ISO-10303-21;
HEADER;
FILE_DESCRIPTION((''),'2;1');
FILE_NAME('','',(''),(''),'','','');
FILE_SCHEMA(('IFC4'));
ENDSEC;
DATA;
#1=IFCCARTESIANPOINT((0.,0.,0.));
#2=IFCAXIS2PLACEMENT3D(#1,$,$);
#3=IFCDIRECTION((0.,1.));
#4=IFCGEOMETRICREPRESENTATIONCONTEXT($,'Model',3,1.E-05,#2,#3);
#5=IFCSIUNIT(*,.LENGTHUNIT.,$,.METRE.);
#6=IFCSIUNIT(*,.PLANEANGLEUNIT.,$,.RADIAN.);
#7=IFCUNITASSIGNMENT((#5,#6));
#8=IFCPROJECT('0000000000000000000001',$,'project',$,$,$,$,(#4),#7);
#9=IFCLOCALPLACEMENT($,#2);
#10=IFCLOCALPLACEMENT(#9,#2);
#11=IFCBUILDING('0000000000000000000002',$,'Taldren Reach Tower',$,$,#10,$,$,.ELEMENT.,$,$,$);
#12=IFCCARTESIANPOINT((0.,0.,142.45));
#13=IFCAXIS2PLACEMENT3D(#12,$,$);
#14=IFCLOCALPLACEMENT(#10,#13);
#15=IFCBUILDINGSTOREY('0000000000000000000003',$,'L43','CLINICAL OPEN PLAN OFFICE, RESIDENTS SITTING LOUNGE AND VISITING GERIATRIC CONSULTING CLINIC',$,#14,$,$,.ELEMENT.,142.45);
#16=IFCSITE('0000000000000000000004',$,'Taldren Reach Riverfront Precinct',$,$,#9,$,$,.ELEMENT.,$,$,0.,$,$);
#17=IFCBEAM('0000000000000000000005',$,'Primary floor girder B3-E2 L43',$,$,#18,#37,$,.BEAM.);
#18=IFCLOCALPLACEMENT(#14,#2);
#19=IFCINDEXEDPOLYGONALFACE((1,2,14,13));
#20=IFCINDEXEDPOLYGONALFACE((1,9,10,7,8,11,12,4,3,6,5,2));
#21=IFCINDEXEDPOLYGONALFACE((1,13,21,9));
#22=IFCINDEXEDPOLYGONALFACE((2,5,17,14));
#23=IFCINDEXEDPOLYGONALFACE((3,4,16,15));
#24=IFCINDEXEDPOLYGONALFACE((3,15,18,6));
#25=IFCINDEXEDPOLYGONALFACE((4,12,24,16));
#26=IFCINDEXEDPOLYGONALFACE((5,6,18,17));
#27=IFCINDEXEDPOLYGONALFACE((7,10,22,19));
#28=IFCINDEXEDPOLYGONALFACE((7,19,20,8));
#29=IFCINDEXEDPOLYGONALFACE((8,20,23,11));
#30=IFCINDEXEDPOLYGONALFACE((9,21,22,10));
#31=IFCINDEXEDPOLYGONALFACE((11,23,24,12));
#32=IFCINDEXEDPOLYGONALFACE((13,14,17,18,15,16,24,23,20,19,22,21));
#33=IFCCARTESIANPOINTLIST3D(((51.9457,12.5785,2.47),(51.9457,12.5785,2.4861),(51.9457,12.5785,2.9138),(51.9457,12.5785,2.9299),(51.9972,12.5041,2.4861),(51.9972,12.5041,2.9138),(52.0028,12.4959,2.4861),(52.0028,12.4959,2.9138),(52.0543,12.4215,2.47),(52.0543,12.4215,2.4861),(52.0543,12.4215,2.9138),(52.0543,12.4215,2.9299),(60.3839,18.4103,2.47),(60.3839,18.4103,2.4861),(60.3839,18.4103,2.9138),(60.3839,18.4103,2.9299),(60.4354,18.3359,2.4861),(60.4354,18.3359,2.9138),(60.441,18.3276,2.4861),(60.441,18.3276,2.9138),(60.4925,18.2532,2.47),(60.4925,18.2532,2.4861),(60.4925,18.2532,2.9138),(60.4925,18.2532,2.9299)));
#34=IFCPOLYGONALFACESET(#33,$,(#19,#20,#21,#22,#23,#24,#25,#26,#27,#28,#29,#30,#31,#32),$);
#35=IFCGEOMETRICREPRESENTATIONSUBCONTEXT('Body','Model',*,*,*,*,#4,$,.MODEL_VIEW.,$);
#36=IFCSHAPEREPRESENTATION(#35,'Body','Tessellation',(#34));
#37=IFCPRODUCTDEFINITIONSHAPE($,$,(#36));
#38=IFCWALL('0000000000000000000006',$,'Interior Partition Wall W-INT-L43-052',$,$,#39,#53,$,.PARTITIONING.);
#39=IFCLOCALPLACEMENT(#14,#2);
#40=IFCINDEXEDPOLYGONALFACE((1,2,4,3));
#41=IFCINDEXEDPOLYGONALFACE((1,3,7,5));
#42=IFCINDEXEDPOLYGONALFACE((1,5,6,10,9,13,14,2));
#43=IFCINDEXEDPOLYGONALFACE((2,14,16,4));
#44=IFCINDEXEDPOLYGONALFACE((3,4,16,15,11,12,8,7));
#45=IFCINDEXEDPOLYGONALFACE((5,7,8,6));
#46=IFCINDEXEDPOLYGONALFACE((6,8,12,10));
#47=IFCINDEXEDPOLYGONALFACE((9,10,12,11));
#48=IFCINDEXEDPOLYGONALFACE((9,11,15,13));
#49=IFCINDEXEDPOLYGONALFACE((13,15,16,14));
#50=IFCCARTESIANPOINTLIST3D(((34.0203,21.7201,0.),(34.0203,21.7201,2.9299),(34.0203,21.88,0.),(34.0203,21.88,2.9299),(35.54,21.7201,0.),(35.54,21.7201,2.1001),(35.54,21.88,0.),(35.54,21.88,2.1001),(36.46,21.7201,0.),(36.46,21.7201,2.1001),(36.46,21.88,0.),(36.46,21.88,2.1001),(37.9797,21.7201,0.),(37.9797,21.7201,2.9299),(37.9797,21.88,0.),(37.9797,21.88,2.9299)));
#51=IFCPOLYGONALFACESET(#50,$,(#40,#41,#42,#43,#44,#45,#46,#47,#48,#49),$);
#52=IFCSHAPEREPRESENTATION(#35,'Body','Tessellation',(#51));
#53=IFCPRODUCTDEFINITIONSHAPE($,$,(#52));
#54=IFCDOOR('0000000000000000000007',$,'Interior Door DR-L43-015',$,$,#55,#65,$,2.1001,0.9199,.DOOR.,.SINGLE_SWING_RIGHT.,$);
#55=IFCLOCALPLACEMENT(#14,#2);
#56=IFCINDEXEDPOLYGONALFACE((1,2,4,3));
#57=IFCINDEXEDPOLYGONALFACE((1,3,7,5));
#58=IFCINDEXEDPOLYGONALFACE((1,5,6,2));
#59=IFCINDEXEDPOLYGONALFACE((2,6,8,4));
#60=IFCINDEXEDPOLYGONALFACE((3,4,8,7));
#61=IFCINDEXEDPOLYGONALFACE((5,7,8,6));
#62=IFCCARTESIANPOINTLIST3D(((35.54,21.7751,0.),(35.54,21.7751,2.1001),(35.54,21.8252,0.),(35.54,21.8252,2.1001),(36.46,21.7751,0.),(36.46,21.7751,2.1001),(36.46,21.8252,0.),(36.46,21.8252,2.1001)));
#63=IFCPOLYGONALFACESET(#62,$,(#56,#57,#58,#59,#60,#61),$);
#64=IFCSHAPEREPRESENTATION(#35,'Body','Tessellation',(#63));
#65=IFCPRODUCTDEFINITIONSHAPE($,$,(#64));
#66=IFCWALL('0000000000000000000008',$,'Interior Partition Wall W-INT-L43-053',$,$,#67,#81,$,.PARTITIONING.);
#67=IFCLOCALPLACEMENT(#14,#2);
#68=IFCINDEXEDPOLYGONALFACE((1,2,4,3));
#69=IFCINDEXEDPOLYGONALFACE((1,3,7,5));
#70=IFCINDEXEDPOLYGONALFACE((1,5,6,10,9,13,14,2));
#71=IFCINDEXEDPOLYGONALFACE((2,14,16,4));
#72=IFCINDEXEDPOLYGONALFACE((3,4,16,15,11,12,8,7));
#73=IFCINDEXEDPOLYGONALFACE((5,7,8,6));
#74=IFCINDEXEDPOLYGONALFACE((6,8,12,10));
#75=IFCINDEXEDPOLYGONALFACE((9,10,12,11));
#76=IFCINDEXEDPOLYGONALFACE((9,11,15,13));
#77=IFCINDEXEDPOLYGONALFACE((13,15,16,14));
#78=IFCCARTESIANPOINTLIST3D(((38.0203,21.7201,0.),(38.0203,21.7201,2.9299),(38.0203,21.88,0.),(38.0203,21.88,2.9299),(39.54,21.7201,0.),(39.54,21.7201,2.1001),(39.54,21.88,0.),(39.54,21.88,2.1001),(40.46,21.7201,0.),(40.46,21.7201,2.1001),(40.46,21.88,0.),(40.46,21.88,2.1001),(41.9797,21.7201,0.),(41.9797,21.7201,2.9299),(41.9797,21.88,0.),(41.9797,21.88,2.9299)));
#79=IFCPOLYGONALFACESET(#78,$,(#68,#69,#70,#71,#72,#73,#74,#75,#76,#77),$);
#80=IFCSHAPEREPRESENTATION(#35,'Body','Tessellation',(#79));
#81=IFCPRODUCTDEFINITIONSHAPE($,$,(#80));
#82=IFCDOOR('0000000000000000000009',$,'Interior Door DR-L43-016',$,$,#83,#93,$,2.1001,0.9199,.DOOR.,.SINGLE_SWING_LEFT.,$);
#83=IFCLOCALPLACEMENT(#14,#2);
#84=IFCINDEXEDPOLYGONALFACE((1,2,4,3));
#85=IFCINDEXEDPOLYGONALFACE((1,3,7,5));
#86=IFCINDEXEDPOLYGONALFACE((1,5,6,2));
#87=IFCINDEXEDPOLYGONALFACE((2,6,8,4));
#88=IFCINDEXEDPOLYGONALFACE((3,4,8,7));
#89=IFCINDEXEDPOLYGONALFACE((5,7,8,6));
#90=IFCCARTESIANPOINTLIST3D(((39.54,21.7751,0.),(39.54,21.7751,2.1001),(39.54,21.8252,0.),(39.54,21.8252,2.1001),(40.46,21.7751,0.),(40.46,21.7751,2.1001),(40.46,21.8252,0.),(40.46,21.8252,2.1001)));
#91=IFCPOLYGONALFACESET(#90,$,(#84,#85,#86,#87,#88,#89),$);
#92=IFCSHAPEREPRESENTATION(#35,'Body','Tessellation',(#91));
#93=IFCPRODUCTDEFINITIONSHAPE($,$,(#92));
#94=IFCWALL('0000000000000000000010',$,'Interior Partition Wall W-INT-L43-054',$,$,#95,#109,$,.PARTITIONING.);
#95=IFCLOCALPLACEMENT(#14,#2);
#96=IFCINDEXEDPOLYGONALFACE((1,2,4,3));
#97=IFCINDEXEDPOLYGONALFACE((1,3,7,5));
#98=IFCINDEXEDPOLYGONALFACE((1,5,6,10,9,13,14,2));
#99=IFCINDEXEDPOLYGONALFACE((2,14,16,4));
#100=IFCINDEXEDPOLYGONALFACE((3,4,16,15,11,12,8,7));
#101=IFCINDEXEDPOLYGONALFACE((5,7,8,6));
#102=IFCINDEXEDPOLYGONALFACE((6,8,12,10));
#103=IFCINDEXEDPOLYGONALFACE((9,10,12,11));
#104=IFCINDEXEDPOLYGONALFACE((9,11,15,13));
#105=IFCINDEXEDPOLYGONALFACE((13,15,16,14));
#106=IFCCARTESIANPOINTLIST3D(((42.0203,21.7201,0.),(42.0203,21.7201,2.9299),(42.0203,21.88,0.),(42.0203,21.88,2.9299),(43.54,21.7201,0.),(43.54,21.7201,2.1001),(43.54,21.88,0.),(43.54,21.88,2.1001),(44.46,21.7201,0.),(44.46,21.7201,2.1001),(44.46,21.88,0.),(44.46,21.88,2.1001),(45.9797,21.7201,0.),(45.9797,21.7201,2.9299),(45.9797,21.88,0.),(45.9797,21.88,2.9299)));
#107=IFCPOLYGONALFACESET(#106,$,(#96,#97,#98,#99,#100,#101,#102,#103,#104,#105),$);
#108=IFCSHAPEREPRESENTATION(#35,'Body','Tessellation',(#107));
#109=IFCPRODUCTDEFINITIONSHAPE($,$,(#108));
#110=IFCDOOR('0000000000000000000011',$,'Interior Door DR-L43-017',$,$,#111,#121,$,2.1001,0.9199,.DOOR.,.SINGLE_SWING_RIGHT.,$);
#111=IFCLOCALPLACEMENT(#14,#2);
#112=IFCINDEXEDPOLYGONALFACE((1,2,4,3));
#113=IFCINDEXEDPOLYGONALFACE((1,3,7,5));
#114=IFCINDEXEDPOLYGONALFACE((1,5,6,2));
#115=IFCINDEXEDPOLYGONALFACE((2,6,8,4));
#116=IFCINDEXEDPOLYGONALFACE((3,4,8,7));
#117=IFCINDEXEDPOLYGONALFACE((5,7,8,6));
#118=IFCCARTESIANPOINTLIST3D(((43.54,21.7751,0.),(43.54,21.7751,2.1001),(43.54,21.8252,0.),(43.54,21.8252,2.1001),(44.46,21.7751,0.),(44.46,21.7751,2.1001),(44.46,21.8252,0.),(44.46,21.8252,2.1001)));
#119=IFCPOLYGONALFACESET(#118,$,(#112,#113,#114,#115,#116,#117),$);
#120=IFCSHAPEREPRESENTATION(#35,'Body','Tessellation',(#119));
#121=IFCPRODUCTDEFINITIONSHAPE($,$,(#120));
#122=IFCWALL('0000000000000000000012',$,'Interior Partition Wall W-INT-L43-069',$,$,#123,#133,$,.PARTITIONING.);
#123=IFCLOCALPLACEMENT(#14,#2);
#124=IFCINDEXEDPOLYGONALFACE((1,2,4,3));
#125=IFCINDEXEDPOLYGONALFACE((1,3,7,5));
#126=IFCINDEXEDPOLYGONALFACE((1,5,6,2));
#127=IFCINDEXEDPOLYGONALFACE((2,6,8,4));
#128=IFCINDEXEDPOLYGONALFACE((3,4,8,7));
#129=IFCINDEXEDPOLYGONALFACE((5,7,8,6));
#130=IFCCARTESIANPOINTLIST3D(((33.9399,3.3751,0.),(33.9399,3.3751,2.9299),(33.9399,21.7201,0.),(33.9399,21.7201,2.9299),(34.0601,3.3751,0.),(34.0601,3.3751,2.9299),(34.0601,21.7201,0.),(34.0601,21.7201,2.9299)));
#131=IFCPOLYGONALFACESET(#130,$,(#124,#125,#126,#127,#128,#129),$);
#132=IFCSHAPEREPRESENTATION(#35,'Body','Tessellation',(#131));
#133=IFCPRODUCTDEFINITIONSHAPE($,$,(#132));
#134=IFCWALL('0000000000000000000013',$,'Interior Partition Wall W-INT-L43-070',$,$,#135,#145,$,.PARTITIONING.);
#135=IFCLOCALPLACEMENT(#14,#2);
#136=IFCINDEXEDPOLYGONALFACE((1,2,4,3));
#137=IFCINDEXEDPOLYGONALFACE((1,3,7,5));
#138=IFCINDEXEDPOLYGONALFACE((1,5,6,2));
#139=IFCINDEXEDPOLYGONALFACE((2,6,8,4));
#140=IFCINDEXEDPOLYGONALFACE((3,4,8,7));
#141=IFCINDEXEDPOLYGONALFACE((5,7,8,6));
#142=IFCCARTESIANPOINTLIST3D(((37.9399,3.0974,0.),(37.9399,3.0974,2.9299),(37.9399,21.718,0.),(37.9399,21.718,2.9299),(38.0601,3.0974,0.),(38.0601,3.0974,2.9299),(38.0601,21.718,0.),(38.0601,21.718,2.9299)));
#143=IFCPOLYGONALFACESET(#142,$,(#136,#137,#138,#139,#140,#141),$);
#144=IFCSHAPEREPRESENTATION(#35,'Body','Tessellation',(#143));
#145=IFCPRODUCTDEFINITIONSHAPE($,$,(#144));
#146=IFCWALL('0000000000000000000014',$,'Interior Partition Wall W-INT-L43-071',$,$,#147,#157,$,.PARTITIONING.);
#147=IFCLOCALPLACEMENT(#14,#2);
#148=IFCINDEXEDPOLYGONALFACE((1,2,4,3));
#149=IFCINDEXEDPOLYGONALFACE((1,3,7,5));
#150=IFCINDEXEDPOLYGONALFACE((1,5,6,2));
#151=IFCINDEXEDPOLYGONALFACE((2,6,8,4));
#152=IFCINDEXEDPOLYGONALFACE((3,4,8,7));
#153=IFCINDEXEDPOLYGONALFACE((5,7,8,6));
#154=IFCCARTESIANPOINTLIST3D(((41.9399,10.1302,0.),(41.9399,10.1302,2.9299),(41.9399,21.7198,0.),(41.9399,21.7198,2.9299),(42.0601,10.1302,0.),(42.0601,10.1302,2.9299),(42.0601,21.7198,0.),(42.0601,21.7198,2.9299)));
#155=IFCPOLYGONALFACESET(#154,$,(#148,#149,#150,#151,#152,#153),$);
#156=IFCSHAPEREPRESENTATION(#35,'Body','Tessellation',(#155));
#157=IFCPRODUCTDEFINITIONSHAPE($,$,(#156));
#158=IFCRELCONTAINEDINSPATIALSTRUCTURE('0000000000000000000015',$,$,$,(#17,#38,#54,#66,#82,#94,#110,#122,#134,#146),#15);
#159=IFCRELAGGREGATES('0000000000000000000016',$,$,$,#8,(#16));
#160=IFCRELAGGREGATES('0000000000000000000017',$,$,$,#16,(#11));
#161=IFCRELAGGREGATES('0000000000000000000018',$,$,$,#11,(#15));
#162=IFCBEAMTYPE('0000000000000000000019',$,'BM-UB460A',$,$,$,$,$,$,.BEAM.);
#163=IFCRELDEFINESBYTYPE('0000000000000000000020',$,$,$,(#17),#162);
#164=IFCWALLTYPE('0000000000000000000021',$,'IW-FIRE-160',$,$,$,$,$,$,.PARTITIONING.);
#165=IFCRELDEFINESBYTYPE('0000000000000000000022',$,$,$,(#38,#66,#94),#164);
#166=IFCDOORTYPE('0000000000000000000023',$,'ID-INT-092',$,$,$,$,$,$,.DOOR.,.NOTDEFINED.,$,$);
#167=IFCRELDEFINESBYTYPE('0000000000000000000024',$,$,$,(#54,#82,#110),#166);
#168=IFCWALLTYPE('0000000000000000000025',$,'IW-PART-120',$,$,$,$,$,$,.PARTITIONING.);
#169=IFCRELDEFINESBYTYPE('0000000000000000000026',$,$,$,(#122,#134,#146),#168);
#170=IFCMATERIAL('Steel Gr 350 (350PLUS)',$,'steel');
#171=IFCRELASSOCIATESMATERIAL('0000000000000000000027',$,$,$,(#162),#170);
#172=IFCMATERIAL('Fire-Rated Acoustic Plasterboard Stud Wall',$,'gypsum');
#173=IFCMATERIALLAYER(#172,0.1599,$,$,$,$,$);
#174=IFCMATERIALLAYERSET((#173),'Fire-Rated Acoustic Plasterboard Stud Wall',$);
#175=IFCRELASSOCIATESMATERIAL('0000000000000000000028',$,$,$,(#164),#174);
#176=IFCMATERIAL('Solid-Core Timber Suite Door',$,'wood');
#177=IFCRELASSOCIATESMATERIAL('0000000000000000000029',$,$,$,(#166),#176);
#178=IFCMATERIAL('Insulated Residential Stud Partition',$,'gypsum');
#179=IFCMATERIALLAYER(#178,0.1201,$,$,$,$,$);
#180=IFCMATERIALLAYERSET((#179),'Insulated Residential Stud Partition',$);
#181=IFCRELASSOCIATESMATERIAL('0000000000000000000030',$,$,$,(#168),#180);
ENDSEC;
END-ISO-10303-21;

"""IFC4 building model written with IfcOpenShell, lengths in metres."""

from ifc_helpers import new_model, si_unit, direction, frame, frame_2d, origin, origin_2d, place, context, subcontext, project, spatial, rectangle, i_section, extrude, source, transform, mapped, material, layer, layer_set, material_profile, profile_set, type_object, element, fill, save


model = new_model("IFC4")

# Units and contexts
model_context = context("Model", 3, precision=1e-05, world=origin(), true_north=direction((0.0, 1.0)))
body_context = subcontext(model_context, "Body", "Model", "MODEL_VIEW")
ifc_project = project(units=[si_unit("LENGTHUNIT", "METRE"), si_unit("PLANEANGLEUNIT", "RADIAN")], contexts=[model_context])

# Site, building, storey
site_placement = place(None, origin())
site = spatial("IfcSite", under=ifc_project, at=site_placement, Name="Taldren Reach Riverfront Precinct", CompositionType="ELEMENT", RefElevation=0.0)
building_placement = place(site_placement, origin())
building = spatial("IfcBuilding", under=site, at=building_placement, Name="Taldren Reach Tower", CompositionType="ELEMENT")
storey_placement = place(building_placement, frame((0.0, 0.0, 142.45)))
storey = spatial("IfcBuildingStorey", under=building, at=storey_placement, Name="L43", Description="CLINICAL OPEN PLAN OFFICE, RESIDENTS SITTING LOUNGE AND VISITING GERIATRIC CONSULTING CLINIC", CompositionType="ELEMENT", Elevation=142.45)

# Shared definitions
ifc_material_1 = material(Name="Steel Gr 350 (350PLUS)", Category="steel")

# Beam
ifc_material_profile_1 = material_profile(ifc_material_1, i_section(OverallWidth=0.1909, OverallDepth=0.46, WebThickness=0.01, FlangeThickness=0.0161, at=origin_2d()), Name="460UB82.1")
ifc_profile_set_1 = profile_set([ifc_material_profile_1], Name="Steel Gr 350 (350PLUS)")
beam_type_1 = type_object("IfcBeamType", Name="BM-UB460A", PredefinedType="BEAM", material=ifc_profile_set_1)
shared_shape_1 = source(origin(), body_context, "Body", "SweptSolid", [
    extrude(i_section(OverallWidth=0.1909, OverallDepth=0.46, WebThickness=0.01, FlangeThickness=0.0161, at=origin_2d()), origin(), (0.0, 0.0, 1.0), 10.2573),
])
beam_1_placement = place(storey_placement, frame((52.0, 12.5, 2.7), z_axis=(0.822651, 0.568546, 0.0), x_axis=(-0.568546, 0.822651, 0.0)))
element("IfcBeam", 1, at=beam_1_placement, inside=storey, type_object=beam_type_1, Name="Primary floor girder B3-E2 L43", PredefinedType="BEAM", context=body_context, shape_type="MappedRepresentation", body=[
    mapped(shared_shape_1, transform((0.0, 0.0, 0.0), scale=1.0)),
])

# Walls, openings, doors
ifc_material_2 = material(Name="Fire-Rated Acoustic Plasterboard Stud Wall", Category="gypsum")
ifc_layer_1 = layer(ifc_material_2, 0.1599)
ifc_layer_set_1 = layer_set([ifc_layer_1], Name="Fire-Rated Acoustic Plasterboard Stud Wall")
wall_type_1 = type_object("IfcWallType", Name="IW-FIRE-160", PredefinedType="PARTITIONING", material=ifc_layer_set_1)
shared_shape_2 = source(origin(), body_context, "Body", "SweptSolid", [
    extrude(rectangle(XDim=3.9595, YDim=0.1599, at=frame_2d((1.9797, 0.0))), origin(), (0.0, 0.0, 1.0), 2.9299),
])
wall_1_placement = place(storey_placement, frame((37.9797, 21.8, 0.0), z_axis=(0.0, 0.0, 1.0), x_axis=(-1.0, 0.0, 0.0)))
wall_1 = element("IfcWall", 2, at=wall_1_placement, inside=storey, type_object=wall_type_1, Name="Interior Partition Wall W-INT-L43-052", PredefinedType="PARTITIONING", context=body_context, shape_type="MappedRepresentation", body=[
    mapped(shared_shape_2, transform((0.0, 0.0, 0.0), scale=1.0)),
])
shared_shape_3 = source(origin(), body_context, "Body", "SweptSolid", [
    extrude(rectangle(XDim=0.9199, YDim=2.1001, at=frame_2d((0.46, 1.05))), frame((0.0, 0.0898, 0.0), z_axis=(0.0, -1.0, 0.0), x_axis=(1.0, 0.0, 0.0)), (0.0, 0.0, 1.0), 0.1799),
])
opening_1_placement = place(wall_1_placement, frame((1.5198, 0.0, 0.0)))
opening_1 = element("IfcOpeningElement", 3, at=opening_1_placement, cuts=wall_1, PredefinedType="OPENING", context=body_context, shape_type="MappedRepresentation", body=[
    mapped(shared_shape_3, transform((0.0, 0.0, 0.0), scale=1.0)),
])
ifc_material_3 = material(Name="Solid-Core Timber Suite Door", Category="wood")
door_type_1 = type_object("IfcDoorType", Name="ID-INT-092", OperationType="NOTDEFINED", PredefinedType="DOOR", material=ifc_material_3)
shared_shape_4 = source(origin(), body_context, "Body", "SweptSolid", [
    extrude(rectangle(XDim=0.9199, YDim=2.1001, at=frame_2d((0.46, 1.05))), frame((0.0, 0.0249, 0.0), z_axis=(0.0, -1.0, 0.0), x_axis=(1.0, 0.0, 0.0)), (0.0, 0.0, 1.0), 0.05),
])
door_1_placement = place(opening_1_placement, origin())
door_1 = element("IfcDoor", 4, at=door_1_placement, inside=storey, type_object=door_type_1, Name="Interior Door DR-L43-015", OperationType="SINGLE_SWING_RIGHT", OverallHeight=2.1001, OverallWidth=0.9199, PredefinedType="DOOR", context=body_context, shape_type="MappedRepresentation", body=[
    mapped(shared_shape_4, transform((0.0, 0.0, 0.0), scale=1.0)),
])
fill(opening_1, door_1)
wall_2_placement = place(storey_placement, frame((41.9797, 21.8, 0.0), z_axis=(0.0, 0.0, 1.0), x_axis=(-1.0, 0.0, 0.0)))
wall_2 = element("IfcWall", 5, at=wall_2_placement, inside=storey, type_object=wall_type_1, Name="Interior Partition Wall W-INT-L43-053", PredefinedType="PARTITIONING", context=body_context, shape_type="MappedRepresentation", body=[
    mapped(shared_shape_2, transform((0.0, 0.0, 0.0), scale=1.0)),
])
opening_2_placement = place(wall_2_placement, frame((1.5198, 0.0, 0.0)))
opening_2 = element("IfcOpeningElement", 6, at=opening_2_placement, cuts=wall_2, PredefinedType="OPENING", context=body_context, shape_type="MappedRepresentation", body=[
    mapped(shared_shape_3, transform((0.0, 0.0, 0.0), scale=1.0)),
])
door_2_placement = place(opening_2_placement, origin())
door_2 = element("IfcDoor", 7, at=door_2_placement, inside=storey, type_object=door_type_1, Name="Interior Door DR-L43-016", OperationType="SINGLE_SWING_LEFT", OverallHeight=2.1001, OverallWidth=0.9199, PredefinedType="DOOR", context=body_context, shape_type="MappedRepresentation", body=[
    mapped(shared_shape_4, transform((0.0, 0.0, 0.0), scale=1.0)),
])
fill(opening_2, door_2)
wall_3_placement = place(storey_placement, frame((45.9797, 21.8, 0.0), z_axis=(0.0, 0.0, 1.0), x_axis=(-1.0, 0.0, 0.0)))
wall_3 = element("IfcWall", 8, at=wall_3_placement, inside=storey, type_object=wall_type_1, Name="Interior Partition Wall W-INT-L43-054", PredefinedType="PARTITIONING", context=body_context, shape_type="MappedRepresentation", body=[
    mapped(shared_shape_2, transform((0.0, 0.0, 0.0), scale=1.0)),
])
opening_3_placement = place(wall_3_placement, frame((1.5198, 0.0, 0.0)))
opening_3 = element("IfcOpeningElement", 9, at=opening_3_placement, cuts=wall_3, PredefinedType="OPENING", context=body_context, shape_type="MappedRepresentation", body=[
    mapped(shared_shape_3, transform((0.0, 0.0, 0.0), scale=1.0)),
])
door_3_placement = place(opening_3_placement, origin())
door_3 = element("IfcDoor", 10, at=door_3_placement, inside=storey, type_object=door_type_1, Name="Interior Door DR-L43-017", OperationType="SINGLE_SWING_RIGHT", OverallHeight=2.1001, OverallWidth=0.9199, PredefinedType="DOOR", context=body_context, shape_type="MappedRepresentation", body=[
    mapped(shared_shape_4, transform((0.0, 0.0, 0.0), scale=1.0)),
])
fill(opening_3, door_3)

# Walls
ifc_material_4 = material(Name="Insulated Residential Stud Partition", Category="gypsum")
ifc_layer_2 = layer(ifc_material_4, 0.1201)
ifc_layer_set_2 = layer_set([ifc_layer_2], Name="Insulated Residential Stud Partition")
wall_type_2 = type_object("IfcWallType", Name="IW-PART-120", PredefinedType="PARTITIONING", material=ifc_layer_set_2)
shared_shape_5 = source(origin(), body_context, "Body", "SweptSolid", [
    extrude(rectangle(XDim=18.345, YDim=0.1201, at=frame_2d((9.1724, 0.0))), origin(), (0.0, 0.0, 1.0), 2.9299),
])
wall_4_placement = place(storey_placement, frame((34.0, 21.72, 0.0), z_axis=(0.0, 0.0, 1.0), x_axis=(0.0, -1.0, 0.0)))
element("IfcWall", 11, at=wall_4_placement, inside=storey, type_object=wall_type_2, Name="Interior Partition Wall W-INT-L43-069", PredefinedType="PARTITIONING", context=body_context, shape_type="MappedRepresentation", body=[
    mapped(shared_shape_5, transform((0.0, 0.0, 0.0), scale=1.0)),
])
shared_shape_6 = source(origin(), body_context, "Body", "SweptSolid", [
    extrude(rectangle(XDim=18.6206, YDim=0.1201, at=frame_2d((9.3103, 0.0))), origin(), (0.0, 0.0, 1.0), 2.9299),
])
wall_5_placement = place(storey_placement, frame((38.0, 21.718, 0.0), z_axis=(0.0, 0.0, 1.0), x_axis=(0.0, -1.0, 0.0)))
element("IfcWall", 12, at=wall_5_placement, inside=storey, type_object=wall_type_2, Name="Interior Partition Wall W-INT-L43-070", PredefinedType="PARTITIONING", context=body_context, shape_type="MappedRepresentation", body=[
    mapped(shared_shape_6, transform((0.0, 0.0, 0.0), scale=1.0)),
])
shared_shape_7 = source(origin(), body_context, "Body", "SweptSolid", [
    extrude(rectangle(XDim=11.5896, YDim=0.1201, at=frame_2d((5.7949, 0.0))), origin(), (0.0, 0.0, 1.0), 2.9299),
])
wall_6_placement = place(storey_placement, frame((42.0, 21.72, 0.0), z_axis=(0.0, 0.0, 1.0), x_axis=(0.0, -1.0, 0.0)))
element("IfcWall", 13, at=wall_6_placement, inside=storey, type_object=wall_type_2, Name="Interior Partition Wall W-INT-L43-071", PredefinedType="PARTITIONING", context=body_context, shape_type="MappedRepresentation", body=[
    mapped(shared_shape_7, transform((0.0, 0.0, 0.0), scale=1.0)),
])

save(model, "model.ifc")
